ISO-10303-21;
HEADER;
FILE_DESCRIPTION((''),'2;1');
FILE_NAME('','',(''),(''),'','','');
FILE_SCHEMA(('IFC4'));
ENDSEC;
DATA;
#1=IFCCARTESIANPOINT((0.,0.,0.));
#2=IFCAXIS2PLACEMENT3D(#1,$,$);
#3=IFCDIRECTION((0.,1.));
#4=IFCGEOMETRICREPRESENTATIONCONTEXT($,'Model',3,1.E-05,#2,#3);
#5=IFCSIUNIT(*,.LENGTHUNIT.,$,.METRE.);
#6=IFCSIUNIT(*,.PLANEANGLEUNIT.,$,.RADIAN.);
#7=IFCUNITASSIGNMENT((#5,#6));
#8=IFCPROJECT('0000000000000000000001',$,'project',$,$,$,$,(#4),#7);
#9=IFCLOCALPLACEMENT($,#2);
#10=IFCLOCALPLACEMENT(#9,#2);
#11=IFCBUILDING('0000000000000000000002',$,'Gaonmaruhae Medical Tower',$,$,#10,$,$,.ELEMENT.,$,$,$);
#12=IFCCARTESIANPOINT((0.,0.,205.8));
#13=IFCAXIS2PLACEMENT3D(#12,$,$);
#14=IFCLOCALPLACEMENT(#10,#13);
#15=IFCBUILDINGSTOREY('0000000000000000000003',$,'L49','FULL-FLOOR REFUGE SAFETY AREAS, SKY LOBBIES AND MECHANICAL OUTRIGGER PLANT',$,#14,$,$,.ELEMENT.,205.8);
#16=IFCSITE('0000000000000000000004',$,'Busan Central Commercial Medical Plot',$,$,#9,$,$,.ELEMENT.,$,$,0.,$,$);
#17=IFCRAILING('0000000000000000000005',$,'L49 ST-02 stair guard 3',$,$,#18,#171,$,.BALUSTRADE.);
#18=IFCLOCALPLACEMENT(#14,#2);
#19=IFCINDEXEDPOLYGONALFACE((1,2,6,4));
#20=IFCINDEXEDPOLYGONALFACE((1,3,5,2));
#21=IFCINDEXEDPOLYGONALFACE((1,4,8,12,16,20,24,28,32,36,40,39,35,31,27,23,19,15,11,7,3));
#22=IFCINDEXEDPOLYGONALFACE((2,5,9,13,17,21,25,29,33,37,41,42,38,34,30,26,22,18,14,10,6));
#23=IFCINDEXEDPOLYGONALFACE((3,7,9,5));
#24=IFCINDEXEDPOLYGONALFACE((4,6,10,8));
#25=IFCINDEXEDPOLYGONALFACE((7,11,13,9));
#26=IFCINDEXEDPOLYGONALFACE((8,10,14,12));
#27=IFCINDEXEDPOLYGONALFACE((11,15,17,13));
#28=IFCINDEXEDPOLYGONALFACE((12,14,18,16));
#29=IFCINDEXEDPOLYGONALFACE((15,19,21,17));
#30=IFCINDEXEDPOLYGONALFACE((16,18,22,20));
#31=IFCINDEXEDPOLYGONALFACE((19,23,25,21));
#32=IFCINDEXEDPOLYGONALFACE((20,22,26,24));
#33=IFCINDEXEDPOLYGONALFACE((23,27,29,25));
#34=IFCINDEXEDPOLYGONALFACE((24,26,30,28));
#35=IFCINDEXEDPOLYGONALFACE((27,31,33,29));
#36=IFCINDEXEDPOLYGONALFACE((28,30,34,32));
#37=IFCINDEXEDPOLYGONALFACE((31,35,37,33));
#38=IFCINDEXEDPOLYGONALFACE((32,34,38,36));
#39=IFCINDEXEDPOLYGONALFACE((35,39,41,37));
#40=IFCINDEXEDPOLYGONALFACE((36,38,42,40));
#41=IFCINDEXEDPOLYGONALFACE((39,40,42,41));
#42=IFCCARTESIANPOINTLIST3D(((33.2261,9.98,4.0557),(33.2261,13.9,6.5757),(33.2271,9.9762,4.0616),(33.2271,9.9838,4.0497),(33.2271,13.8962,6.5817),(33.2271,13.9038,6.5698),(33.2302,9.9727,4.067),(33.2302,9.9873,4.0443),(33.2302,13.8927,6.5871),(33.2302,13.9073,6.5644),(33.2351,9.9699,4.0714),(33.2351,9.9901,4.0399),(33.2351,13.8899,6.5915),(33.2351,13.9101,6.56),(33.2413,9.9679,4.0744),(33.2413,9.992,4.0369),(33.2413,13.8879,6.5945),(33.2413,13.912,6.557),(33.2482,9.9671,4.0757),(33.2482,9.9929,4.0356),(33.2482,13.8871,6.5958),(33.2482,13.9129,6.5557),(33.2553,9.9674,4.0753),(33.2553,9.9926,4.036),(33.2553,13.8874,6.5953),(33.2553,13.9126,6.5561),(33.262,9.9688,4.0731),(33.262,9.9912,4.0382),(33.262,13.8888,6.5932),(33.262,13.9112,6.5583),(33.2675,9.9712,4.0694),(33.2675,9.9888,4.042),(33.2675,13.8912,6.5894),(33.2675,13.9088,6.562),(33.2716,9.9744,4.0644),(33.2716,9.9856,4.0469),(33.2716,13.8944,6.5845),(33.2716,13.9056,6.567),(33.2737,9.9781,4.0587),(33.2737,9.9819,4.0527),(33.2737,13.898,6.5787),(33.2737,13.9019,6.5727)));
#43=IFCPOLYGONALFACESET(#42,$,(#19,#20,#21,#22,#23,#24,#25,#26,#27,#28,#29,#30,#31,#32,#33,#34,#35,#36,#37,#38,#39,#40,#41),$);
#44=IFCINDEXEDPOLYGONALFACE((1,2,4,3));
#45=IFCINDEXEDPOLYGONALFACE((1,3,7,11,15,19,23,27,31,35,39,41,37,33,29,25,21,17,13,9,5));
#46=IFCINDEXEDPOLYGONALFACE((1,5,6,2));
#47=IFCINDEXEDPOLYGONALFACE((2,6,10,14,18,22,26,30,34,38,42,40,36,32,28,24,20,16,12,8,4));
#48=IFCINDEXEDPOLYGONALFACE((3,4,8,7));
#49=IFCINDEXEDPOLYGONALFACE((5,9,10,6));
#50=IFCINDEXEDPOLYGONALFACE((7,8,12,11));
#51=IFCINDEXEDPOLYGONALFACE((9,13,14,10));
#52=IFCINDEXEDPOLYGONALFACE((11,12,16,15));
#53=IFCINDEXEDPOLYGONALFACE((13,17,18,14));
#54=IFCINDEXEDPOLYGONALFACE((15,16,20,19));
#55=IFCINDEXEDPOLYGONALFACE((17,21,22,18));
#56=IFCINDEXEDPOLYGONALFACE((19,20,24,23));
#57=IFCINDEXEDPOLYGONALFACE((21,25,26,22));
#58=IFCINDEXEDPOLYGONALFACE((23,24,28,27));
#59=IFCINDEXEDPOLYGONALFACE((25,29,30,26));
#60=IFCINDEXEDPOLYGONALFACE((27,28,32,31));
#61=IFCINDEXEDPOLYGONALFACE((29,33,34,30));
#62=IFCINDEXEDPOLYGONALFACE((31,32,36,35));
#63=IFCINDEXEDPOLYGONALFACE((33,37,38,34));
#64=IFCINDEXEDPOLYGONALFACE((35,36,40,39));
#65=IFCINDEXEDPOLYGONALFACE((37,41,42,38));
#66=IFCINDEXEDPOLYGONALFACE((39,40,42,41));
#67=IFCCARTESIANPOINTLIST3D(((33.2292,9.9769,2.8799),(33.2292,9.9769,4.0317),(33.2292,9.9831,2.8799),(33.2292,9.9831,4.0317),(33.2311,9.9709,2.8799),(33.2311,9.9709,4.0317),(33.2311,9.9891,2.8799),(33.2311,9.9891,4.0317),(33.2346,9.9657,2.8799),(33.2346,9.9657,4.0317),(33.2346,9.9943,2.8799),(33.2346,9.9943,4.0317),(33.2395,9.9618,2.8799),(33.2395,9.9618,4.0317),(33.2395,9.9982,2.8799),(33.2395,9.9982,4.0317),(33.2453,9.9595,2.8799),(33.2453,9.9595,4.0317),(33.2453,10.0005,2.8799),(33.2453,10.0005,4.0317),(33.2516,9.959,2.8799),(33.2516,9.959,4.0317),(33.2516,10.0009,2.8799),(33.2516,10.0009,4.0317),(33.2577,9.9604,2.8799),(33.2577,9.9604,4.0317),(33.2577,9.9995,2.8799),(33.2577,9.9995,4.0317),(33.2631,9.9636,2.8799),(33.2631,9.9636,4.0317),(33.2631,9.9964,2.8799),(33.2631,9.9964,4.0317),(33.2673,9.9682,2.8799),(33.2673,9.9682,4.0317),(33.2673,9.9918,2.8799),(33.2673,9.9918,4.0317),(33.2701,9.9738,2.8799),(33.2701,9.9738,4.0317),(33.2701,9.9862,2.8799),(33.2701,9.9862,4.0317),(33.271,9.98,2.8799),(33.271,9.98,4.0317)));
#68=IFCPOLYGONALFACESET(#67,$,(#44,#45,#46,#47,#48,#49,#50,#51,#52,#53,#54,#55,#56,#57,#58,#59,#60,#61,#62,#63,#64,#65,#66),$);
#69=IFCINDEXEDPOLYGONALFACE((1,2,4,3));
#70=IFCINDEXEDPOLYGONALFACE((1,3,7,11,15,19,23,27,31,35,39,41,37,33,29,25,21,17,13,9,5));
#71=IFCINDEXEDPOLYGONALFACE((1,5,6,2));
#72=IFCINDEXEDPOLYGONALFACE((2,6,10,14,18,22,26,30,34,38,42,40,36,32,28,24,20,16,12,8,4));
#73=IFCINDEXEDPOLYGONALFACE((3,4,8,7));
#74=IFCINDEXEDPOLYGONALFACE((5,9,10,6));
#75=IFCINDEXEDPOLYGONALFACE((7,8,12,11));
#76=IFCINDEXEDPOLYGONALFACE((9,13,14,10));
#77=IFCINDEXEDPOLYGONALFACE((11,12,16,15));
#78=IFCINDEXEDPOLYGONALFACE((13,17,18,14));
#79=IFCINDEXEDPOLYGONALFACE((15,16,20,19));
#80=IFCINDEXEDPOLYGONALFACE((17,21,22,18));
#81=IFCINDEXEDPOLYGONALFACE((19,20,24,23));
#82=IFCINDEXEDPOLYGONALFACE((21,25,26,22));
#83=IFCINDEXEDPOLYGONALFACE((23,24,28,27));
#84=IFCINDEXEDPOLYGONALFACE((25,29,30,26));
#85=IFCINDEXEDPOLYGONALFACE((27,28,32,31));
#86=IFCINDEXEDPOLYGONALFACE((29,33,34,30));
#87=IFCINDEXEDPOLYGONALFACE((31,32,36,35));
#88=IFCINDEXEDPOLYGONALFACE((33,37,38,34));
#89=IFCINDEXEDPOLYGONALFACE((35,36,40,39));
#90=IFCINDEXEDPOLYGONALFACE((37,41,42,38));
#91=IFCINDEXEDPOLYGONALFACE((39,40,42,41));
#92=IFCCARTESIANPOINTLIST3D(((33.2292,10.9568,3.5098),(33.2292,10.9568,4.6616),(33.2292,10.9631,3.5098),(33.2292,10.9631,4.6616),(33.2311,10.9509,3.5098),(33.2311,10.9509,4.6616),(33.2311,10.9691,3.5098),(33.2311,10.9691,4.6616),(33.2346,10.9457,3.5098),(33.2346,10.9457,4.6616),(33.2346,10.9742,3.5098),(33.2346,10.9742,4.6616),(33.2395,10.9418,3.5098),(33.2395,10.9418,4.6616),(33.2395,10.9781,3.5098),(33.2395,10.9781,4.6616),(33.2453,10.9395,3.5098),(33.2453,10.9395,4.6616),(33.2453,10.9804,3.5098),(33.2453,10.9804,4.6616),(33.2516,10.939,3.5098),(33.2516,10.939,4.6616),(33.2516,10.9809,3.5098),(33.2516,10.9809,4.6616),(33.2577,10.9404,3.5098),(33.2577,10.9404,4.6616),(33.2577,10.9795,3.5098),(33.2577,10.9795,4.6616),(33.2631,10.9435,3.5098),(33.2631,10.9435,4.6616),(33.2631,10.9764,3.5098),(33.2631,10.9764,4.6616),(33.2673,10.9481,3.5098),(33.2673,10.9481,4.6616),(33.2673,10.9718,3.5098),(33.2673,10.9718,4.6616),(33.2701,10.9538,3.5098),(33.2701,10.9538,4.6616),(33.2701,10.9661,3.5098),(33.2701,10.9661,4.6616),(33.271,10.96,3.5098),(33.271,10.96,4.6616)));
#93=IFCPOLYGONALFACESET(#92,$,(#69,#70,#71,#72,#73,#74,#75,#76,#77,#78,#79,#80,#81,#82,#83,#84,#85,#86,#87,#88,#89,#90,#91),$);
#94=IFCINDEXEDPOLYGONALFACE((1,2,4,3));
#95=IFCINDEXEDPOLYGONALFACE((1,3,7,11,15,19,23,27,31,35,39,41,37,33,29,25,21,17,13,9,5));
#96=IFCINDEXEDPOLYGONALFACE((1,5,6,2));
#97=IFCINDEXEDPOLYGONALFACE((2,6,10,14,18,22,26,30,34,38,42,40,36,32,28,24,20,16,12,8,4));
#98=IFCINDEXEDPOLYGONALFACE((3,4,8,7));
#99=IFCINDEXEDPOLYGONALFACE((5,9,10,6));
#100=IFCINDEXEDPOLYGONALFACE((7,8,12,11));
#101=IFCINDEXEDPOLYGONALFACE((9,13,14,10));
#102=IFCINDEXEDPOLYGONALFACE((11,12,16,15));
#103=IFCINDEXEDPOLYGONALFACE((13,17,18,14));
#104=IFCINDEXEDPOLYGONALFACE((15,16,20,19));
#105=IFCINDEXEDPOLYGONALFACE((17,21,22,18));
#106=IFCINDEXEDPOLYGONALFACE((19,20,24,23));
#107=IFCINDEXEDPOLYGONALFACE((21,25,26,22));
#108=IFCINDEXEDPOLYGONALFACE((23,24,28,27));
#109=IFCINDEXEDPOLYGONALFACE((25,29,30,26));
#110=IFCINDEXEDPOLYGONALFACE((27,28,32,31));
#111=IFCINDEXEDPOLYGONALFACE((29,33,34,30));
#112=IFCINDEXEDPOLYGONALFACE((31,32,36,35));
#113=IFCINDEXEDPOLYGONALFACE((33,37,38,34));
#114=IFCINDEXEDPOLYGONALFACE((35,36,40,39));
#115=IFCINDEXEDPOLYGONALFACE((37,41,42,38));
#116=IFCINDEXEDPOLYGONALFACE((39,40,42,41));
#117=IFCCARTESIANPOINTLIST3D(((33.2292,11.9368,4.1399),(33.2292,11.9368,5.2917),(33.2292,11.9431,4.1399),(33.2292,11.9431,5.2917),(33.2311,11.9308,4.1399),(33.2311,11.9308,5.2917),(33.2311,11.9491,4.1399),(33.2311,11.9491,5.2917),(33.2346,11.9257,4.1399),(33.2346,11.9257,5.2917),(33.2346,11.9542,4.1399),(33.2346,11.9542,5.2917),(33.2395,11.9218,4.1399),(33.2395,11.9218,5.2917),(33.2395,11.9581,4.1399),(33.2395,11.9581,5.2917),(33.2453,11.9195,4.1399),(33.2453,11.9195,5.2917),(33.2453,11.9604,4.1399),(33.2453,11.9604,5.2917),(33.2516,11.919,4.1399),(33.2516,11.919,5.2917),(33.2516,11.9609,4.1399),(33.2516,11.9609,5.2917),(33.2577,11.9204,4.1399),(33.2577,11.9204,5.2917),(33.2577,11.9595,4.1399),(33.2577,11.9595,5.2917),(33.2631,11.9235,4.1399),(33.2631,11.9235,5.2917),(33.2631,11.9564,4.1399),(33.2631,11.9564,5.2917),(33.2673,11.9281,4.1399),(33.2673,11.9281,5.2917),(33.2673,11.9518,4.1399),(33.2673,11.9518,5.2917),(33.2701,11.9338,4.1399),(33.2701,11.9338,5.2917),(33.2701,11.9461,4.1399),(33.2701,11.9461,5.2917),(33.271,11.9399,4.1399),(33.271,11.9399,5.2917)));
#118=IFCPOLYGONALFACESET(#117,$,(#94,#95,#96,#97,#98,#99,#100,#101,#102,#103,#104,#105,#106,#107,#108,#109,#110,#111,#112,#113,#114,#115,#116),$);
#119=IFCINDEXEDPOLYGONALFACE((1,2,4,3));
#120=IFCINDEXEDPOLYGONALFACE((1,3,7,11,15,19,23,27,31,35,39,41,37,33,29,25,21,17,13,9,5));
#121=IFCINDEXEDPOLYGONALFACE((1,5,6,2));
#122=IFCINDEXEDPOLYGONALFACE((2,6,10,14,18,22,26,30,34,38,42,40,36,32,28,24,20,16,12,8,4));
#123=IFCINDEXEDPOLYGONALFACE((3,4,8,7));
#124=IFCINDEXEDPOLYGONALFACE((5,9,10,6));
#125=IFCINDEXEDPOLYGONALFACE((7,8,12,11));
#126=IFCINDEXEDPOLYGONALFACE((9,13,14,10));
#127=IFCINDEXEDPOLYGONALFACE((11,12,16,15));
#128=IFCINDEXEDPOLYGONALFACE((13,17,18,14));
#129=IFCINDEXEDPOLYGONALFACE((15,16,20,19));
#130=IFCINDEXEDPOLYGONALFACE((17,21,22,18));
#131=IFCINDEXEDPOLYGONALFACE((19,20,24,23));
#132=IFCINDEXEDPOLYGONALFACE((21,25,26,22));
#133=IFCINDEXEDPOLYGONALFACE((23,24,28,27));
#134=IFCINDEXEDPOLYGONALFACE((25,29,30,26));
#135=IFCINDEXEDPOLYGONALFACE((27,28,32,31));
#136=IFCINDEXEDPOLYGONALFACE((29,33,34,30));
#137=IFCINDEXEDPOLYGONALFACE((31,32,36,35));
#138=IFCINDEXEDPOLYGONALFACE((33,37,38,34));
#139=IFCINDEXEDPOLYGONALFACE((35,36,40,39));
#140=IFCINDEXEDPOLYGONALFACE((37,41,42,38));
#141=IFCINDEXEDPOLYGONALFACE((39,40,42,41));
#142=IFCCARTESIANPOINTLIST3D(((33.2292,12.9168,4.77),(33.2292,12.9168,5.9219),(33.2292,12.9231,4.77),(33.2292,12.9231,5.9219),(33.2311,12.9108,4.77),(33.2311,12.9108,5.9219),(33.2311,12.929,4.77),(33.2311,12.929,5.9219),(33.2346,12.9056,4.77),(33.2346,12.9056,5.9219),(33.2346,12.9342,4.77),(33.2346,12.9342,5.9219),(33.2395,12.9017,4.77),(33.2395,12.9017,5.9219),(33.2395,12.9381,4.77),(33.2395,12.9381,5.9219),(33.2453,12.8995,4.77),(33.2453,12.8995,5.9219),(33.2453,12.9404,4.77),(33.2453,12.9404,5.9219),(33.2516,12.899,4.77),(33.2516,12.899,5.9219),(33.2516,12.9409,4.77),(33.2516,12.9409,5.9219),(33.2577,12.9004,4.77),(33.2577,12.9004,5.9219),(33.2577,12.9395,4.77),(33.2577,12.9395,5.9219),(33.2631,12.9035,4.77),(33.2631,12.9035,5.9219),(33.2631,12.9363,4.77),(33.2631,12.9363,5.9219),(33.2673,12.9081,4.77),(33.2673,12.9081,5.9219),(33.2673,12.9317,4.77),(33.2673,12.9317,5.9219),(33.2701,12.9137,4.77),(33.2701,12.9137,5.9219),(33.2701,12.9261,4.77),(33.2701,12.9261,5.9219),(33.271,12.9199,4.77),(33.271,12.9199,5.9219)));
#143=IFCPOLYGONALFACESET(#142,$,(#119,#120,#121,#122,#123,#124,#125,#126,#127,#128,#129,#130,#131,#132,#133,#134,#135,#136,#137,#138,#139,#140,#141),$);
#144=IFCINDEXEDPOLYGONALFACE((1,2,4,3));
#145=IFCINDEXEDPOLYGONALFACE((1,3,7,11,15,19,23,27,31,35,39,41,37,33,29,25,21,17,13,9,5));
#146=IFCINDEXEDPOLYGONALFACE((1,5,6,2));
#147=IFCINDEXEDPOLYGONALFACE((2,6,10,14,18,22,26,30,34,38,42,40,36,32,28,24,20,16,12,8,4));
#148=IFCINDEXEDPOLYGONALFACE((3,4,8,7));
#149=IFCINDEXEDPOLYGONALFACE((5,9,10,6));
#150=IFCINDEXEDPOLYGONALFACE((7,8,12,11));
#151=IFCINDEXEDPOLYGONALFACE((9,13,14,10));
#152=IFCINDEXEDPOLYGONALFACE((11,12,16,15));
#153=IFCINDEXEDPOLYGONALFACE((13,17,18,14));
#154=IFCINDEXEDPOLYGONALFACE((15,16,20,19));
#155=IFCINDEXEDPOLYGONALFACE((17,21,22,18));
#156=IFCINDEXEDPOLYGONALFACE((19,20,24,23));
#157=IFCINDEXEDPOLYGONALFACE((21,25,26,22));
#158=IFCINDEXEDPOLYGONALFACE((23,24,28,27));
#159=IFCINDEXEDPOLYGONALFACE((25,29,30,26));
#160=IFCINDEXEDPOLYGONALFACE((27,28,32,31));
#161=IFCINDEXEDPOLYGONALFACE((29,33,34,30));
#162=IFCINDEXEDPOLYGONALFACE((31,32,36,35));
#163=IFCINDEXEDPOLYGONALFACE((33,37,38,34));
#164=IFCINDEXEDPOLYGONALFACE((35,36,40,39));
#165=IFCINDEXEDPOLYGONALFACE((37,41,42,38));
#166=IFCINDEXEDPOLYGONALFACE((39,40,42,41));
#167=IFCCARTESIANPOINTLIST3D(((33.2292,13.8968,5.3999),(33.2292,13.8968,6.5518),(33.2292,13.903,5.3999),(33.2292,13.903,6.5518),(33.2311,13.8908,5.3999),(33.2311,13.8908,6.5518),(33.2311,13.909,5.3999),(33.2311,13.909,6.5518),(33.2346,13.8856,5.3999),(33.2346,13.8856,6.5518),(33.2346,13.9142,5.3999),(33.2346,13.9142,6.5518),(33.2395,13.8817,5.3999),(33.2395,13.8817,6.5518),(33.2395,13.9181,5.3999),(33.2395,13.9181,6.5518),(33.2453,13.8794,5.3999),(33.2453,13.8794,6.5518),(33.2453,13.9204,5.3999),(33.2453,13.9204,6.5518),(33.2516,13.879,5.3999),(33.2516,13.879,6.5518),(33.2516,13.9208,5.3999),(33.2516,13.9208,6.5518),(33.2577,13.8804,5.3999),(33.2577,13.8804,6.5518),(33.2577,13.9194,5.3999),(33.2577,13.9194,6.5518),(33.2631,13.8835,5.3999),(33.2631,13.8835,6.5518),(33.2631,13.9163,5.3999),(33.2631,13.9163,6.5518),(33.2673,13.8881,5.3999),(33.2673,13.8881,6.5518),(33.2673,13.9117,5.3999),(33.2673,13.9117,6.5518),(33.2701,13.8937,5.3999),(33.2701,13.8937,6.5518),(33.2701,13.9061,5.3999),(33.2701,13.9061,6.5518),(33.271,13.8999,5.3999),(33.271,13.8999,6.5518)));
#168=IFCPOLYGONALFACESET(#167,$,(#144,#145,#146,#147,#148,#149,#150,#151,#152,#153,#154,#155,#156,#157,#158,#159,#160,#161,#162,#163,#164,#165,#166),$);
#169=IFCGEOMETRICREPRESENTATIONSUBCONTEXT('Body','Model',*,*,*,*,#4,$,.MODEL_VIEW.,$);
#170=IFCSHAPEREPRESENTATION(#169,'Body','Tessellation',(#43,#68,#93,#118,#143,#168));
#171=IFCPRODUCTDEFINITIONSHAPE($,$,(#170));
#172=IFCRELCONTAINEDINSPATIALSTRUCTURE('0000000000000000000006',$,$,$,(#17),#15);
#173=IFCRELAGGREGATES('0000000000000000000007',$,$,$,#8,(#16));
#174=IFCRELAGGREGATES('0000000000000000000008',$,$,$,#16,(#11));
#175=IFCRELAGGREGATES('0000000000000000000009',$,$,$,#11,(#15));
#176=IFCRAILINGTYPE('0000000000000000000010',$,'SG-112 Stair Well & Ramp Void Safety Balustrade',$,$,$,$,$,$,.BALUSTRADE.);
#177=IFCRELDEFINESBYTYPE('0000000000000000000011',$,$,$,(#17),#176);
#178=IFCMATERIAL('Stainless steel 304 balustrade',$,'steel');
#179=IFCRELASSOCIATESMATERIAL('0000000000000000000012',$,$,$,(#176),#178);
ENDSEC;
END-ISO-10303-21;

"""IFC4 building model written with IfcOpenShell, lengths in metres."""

from ifc_helpers import new_model, si_unit, direction, frame, origin, origin_2d, place, context, subcontext, project, spatial, circle, extrude, material, type_object, element, save


model = new_model("IFC4")

# Units and contexts
model_context = context("Model", 3, precision=1e-05, world=origin(), true_north=direction((0.0, 1.0)))
body_context = subcontext(model_context, "Body", "Model", "MODEL_VIEW")
ifc_project = project(units=[si_unit("LENGTHUNIT", "METRE"), si_unit("PLANEANGLEUNIT", "RADIAN")], contexts=[model_context])

# Site, building, storey
site_placement = place(None, origin())
site = spatial("IfcSite", under=ifc_project, at=site_placement, Name="Busan Central Commercial Medical Plot", CompositionType="ELEMENT", RefElevation=0.0)
building_placement = place(site_placement, origin())
building = spatial("IfcBuilding", under=site, at=building_placement, Name="Gaonmaruhae Medical Tower", CompositionType="ELEMENT")
storey_placement = place(building_placement, frame((0.0, 0.0, 205.8)))
storey = spatial("IfcBuildingStorey", under=building, at=storey_placement, Name="L49", Description="FULL-FLOOR REFUGE SAFETY AREAS, SKY LOBBIES AND MECHANICAL OUTRIGGER PLANT", CompositionType="ELEMENT", Elevation=205.8)

# Railing
ifc_material_1 = material(Name="Stainless steel 304 balustrade", Category="steel")
railing_type_1 = type_object("IfcRailingType", Name="SG-112 Stair Well & Ramp Void Safety Balustrade", PredefinedType="BALUSTRADE", material=ifc_material_1)
railing_1_placement = place(storey_placement, frame((33.25, 9.98, 2.8799)))
element("IfcRailing", 1, at=railing_1_placement, inside=storey, type_object=railing_type_1, Name="L49 ST-02 stair guard 3", PredefinedType="BALUSTRADE", context=body_context, shape_type="SweptSolid", body=[
    extrude(circle(Radius=0.0239, at=origin_2d()), frame((0.0, 0.0, 1.1758), z_axis=(0.0, 0.841172, 0.540768), x_axis=(-1.0, 0.0, 0.0)), (0.0, 0.0, 1.0), 4.6602),
    extrude(circle(Radius=0.021, at=origin_2d()), origin(), (0.0, 0.0, 1.0), 1.1519),
    extrude(circle(Radius=0.021, at=origin_2d()), frame((0.0, 0.98, 0.6299)), (0.0, 0.0, 1.0), 1.1519),
    extrude(circle(Radius=0.021, at=origin_2d()), frame((0.0, 1.96, 1.26)), (0.0, 0.0, 1.0), 1.1519),
    extrude(circle(Radius=0.021, at=origin_2d()), frame((0.0, 2.9399, 1.8901)), (0.0, 0.0, 1.0), 1.1519),
    extrude(circle(Radius=0.021, at=origin_2d()), frame((0.0, 3.9199, 2.52)), (0.0, 0.0, 1.0), 1.1519),
])

save(model, "model.ifc")
